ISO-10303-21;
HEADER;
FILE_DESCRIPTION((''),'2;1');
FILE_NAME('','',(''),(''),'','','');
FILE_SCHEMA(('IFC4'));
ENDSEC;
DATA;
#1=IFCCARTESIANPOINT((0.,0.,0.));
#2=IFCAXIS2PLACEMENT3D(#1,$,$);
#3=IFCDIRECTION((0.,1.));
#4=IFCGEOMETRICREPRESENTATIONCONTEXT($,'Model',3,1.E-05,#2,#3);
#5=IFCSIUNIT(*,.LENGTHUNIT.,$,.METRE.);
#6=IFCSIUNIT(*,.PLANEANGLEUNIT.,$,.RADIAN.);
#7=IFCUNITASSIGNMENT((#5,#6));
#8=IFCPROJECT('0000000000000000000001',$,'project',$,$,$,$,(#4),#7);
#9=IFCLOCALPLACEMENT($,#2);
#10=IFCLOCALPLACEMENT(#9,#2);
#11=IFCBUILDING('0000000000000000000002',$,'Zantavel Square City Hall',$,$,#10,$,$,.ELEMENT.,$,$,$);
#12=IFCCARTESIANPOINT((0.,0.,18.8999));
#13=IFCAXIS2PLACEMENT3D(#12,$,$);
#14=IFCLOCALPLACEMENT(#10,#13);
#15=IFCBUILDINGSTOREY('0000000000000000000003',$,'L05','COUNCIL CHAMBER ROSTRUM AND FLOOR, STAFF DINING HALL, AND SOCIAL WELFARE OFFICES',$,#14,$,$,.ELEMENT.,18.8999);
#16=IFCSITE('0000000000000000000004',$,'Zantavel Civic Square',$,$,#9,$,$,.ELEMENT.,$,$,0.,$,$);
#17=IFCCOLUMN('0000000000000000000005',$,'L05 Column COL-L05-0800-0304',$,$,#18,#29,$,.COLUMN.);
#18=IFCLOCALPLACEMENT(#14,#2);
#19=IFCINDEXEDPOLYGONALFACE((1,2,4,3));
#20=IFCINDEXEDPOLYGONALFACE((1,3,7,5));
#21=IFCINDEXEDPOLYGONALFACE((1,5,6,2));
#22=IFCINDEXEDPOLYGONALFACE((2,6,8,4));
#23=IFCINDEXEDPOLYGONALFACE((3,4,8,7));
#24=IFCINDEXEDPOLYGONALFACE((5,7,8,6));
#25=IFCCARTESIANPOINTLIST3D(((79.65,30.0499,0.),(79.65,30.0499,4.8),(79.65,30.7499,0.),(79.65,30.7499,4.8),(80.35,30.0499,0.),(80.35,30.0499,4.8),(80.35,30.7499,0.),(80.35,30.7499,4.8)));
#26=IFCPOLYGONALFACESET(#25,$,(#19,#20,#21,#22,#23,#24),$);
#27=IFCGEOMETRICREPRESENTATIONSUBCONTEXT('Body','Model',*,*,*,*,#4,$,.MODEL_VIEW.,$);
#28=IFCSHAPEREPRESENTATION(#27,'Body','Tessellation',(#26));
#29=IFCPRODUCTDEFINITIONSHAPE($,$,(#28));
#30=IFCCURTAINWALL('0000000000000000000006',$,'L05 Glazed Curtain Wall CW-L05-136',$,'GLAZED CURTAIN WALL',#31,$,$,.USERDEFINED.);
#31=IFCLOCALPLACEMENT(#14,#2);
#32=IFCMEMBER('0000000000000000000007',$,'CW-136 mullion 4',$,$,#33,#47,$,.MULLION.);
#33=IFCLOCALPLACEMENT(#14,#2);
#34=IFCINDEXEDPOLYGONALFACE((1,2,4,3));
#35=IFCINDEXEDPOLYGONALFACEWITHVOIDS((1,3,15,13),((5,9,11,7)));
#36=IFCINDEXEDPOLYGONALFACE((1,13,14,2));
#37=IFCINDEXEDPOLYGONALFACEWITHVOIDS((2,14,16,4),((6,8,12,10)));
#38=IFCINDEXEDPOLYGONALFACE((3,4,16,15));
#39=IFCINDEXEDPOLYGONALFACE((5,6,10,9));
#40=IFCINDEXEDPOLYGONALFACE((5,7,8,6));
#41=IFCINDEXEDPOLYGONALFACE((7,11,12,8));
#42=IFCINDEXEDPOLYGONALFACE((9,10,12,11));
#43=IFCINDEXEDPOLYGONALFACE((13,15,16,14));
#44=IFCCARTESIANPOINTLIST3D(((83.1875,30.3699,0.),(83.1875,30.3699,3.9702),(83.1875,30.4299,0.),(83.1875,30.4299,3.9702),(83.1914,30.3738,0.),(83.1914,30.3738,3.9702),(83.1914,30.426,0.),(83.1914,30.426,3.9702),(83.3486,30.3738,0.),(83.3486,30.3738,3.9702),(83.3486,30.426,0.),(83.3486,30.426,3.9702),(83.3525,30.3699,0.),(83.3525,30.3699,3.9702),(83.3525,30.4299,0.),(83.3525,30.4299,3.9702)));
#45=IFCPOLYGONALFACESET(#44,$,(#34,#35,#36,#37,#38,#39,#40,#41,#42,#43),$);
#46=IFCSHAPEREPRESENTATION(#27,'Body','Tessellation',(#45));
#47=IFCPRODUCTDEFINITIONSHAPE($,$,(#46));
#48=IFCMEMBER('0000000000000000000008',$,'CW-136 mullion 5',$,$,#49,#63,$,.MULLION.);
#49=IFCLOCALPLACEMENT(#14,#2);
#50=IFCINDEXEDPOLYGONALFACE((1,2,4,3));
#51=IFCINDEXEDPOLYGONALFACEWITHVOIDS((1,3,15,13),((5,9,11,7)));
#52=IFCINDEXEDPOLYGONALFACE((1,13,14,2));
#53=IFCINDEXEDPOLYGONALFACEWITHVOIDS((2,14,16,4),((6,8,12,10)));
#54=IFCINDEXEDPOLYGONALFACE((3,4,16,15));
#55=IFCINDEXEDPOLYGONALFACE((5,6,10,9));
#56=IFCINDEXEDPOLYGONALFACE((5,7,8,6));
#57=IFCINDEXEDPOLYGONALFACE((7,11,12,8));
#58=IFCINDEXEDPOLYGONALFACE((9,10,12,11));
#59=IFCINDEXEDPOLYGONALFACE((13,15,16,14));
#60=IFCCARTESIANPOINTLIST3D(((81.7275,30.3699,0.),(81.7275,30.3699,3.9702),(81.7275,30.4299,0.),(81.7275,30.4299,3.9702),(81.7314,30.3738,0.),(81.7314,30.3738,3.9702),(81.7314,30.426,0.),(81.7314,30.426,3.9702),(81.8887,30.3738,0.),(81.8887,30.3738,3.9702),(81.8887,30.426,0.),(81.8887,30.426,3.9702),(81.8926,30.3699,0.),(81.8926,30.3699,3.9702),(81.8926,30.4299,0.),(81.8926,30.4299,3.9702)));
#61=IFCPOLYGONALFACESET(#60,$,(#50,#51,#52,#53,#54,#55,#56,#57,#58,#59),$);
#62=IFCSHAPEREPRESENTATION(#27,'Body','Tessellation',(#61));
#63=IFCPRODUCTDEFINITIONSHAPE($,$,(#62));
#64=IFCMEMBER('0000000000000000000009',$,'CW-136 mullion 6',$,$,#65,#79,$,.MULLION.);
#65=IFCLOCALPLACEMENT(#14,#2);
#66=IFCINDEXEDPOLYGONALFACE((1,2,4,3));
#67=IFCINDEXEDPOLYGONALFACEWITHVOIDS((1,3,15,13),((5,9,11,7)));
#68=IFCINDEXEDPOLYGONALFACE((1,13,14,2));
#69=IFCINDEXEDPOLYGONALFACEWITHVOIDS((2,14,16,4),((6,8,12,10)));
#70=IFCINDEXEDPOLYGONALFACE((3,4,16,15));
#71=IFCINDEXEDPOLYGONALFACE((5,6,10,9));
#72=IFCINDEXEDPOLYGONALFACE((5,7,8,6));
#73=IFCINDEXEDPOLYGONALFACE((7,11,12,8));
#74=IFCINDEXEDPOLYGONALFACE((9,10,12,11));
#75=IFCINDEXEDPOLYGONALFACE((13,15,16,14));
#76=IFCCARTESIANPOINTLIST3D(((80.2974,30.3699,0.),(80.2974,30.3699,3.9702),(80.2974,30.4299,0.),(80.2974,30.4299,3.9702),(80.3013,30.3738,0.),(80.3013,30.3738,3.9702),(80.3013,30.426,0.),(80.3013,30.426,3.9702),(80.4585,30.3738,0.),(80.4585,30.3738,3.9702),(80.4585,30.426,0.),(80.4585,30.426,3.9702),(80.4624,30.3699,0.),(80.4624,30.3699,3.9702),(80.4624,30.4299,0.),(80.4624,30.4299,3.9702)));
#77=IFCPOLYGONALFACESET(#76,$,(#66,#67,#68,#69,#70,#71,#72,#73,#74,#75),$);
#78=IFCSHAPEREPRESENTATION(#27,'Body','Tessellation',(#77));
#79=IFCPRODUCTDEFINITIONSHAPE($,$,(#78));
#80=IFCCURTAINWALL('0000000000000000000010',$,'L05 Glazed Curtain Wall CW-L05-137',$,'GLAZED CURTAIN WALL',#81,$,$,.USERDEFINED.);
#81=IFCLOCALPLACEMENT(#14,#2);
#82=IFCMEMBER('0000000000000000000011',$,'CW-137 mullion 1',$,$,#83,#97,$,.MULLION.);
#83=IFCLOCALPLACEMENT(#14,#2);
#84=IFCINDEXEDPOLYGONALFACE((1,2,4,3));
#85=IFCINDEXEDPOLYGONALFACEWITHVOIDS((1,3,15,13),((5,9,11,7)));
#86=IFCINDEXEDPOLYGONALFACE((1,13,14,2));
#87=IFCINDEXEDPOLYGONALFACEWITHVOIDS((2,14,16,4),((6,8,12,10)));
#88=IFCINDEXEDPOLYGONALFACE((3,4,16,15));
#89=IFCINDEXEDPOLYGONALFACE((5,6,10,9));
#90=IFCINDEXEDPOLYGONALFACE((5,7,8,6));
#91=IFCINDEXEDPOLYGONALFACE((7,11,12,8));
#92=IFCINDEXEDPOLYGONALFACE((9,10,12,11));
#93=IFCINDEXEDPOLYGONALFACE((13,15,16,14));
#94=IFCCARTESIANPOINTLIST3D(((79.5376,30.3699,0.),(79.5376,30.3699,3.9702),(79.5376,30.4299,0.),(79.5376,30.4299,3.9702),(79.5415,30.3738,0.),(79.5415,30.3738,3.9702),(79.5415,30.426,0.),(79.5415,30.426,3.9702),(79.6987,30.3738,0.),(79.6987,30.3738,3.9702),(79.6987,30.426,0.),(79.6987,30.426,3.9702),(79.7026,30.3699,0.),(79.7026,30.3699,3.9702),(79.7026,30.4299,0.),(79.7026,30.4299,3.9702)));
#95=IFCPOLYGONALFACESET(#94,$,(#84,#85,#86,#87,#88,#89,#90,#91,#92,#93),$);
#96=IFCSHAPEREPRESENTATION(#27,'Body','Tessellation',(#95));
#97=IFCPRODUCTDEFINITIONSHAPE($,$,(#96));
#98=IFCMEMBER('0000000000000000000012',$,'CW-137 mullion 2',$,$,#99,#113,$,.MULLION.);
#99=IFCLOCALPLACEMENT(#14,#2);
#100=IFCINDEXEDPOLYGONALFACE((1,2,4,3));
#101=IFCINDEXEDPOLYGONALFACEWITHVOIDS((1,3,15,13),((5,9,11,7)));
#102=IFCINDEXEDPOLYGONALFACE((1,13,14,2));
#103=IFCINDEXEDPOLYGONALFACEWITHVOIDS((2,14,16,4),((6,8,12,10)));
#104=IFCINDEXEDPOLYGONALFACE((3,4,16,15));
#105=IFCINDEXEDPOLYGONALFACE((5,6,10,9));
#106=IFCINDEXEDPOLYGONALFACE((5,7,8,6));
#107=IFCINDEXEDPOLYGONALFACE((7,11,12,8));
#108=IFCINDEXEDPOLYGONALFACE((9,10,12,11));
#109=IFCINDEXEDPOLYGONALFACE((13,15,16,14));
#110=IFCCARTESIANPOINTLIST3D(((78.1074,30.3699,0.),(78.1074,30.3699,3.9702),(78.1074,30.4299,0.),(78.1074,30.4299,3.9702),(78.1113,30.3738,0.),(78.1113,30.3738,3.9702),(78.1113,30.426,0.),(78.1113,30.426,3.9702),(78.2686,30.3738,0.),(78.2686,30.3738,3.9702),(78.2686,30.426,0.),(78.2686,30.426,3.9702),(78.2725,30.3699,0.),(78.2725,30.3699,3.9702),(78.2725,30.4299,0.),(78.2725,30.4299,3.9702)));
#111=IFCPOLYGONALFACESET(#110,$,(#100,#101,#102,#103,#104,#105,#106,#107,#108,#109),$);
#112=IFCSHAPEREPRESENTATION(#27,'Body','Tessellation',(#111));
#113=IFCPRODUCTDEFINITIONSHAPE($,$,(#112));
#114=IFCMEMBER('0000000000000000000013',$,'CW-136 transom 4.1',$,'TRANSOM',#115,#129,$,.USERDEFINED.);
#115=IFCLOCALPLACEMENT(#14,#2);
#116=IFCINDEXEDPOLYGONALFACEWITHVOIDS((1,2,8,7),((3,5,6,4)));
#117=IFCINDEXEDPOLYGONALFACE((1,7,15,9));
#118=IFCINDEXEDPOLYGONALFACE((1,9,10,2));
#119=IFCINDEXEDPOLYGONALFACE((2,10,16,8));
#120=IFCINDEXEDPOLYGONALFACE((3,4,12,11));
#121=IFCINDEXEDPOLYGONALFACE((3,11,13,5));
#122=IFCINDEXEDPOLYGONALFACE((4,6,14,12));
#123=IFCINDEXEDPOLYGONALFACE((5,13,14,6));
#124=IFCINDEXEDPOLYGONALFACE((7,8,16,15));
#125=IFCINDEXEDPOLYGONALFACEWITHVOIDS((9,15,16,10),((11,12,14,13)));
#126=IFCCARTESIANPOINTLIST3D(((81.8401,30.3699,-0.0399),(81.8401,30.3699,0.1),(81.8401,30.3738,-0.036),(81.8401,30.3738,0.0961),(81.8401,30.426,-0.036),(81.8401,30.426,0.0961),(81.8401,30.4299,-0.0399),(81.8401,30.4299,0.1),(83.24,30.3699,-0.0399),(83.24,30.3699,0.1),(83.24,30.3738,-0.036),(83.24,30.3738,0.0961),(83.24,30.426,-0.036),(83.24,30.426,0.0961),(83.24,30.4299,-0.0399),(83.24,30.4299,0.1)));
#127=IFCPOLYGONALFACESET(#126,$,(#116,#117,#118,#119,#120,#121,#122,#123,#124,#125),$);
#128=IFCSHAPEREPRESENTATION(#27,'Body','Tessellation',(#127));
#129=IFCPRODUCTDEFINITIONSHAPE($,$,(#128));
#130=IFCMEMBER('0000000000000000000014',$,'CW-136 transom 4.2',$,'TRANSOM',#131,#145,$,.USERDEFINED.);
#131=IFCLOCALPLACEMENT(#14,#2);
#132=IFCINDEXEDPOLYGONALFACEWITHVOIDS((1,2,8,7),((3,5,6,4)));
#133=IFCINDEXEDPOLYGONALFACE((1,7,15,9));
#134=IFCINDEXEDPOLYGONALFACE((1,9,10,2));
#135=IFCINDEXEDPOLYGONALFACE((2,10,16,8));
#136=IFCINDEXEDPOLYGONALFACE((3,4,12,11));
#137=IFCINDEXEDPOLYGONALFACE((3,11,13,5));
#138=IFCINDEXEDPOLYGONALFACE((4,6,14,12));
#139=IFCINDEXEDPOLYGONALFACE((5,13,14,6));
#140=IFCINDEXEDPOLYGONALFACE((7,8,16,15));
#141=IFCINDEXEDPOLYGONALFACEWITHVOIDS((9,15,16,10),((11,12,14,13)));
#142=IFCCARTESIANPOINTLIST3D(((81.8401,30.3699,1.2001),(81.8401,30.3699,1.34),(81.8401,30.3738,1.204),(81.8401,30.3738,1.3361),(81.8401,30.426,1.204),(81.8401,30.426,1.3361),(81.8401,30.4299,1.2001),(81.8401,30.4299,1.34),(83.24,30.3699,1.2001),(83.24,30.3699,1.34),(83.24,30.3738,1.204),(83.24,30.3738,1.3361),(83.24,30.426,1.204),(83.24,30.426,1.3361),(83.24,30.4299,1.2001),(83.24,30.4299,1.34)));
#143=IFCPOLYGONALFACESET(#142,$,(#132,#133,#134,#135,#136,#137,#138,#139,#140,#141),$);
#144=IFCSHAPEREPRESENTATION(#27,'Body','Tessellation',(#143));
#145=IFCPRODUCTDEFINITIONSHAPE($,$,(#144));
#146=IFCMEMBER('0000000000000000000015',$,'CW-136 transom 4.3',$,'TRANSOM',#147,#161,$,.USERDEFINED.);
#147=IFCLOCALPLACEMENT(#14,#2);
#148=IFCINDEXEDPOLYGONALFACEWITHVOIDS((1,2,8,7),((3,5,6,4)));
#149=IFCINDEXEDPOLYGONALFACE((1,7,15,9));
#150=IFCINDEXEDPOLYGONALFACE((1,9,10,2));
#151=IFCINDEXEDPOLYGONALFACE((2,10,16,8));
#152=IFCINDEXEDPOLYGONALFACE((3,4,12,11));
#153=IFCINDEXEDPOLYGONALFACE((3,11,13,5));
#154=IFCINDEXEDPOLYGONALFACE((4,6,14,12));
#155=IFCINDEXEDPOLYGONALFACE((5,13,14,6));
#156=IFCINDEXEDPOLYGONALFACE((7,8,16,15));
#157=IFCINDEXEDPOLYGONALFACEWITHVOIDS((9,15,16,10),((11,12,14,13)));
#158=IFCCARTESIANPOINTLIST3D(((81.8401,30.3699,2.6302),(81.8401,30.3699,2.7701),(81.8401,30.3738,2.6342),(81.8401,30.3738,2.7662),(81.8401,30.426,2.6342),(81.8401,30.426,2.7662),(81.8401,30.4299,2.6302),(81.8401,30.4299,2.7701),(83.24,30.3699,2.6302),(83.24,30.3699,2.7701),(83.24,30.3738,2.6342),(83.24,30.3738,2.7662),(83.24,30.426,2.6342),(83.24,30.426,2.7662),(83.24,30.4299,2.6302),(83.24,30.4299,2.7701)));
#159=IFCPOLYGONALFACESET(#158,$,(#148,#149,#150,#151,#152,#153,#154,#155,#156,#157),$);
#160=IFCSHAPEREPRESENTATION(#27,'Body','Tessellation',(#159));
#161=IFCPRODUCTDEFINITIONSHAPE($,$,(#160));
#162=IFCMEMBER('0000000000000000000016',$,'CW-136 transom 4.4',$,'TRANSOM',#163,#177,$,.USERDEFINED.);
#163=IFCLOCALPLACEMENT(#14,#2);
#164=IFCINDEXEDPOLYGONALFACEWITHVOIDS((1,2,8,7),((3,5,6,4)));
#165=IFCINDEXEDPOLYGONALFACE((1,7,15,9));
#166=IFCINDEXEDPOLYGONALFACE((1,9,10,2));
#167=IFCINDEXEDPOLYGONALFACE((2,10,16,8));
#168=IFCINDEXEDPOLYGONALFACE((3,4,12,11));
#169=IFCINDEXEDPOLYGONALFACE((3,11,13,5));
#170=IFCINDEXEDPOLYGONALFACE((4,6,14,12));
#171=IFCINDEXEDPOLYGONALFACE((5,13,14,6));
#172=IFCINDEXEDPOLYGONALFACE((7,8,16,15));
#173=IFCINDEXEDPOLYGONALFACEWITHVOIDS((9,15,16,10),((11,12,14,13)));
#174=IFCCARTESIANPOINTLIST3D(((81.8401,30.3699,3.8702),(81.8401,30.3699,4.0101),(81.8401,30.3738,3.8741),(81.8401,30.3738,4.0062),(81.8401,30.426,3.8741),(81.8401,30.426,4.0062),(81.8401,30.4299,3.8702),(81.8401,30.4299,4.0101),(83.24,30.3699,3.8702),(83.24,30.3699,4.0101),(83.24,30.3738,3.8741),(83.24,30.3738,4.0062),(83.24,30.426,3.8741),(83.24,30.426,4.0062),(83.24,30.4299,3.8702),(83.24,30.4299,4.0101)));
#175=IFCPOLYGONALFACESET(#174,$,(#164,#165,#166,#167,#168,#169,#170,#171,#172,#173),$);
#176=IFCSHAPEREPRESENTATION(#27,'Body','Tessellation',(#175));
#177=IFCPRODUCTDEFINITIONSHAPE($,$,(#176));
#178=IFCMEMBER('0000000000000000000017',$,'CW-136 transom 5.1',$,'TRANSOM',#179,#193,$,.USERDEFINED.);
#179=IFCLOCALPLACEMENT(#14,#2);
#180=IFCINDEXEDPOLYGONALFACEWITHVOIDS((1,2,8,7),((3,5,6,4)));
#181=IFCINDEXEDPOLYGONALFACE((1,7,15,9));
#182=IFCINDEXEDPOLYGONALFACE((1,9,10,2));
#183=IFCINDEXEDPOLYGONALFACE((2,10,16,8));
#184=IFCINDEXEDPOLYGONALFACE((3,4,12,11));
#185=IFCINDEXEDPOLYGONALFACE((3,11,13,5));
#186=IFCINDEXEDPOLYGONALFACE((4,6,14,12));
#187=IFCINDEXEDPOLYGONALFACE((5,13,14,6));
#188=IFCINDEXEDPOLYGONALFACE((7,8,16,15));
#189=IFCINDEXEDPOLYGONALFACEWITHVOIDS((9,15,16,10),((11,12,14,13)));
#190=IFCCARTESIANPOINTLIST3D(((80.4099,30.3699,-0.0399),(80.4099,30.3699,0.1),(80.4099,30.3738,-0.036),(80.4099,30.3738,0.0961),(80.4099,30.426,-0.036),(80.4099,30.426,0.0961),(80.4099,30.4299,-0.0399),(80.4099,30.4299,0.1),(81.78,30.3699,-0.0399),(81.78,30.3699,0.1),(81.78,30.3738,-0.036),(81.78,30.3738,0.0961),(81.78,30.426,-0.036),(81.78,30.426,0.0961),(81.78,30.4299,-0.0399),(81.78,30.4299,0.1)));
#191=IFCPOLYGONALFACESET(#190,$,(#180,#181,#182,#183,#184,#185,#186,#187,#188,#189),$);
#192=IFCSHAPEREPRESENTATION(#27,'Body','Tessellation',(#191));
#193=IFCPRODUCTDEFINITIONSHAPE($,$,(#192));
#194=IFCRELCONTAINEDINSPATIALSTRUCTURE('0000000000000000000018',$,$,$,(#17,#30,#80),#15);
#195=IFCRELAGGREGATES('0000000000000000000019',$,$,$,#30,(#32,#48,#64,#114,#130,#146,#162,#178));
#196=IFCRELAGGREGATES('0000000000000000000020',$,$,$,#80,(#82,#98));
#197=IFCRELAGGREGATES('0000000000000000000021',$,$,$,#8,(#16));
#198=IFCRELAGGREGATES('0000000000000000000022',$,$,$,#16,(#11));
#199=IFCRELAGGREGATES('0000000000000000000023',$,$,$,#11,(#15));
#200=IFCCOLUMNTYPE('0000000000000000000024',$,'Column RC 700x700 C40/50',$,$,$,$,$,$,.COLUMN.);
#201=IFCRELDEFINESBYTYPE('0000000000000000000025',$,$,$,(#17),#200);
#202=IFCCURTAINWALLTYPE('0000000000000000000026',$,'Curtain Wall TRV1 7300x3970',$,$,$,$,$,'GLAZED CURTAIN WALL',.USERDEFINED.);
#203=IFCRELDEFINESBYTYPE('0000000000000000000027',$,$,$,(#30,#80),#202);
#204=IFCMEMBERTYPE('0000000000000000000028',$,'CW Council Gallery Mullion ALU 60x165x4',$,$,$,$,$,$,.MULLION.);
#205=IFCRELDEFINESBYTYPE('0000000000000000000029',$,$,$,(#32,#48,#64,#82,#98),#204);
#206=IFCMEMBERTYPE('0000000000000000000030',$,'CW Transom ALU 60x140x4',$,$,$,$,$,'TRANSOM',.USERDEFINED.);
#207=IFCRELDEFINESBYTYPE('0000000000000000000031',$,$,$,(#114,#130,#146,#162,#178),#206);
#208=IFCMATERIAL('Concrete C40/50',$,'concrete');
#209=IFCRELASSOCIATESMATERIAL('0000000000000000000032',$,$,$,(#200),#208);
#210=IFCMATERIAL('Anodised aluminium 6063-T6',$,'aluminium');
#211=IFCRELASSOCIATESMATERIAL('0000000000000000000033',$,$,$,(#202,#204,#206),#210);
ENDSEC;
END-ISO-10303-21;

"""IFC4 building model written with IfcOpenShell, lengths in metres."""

from ifc_helpers import new_model, si_unit, direction, frame, origin, origin_2d, place, context, subcontext, project, spatial, rectangle, hollow_rectangle, extrude, material, material_profile, profile_set, type_object, element, aggregate, save


model = new_model("IFC4")

# Units and contexts
model_context = context("Model", 3, precision=1e-05, world=origin(), true_north=direction((0.0, 1.0)))
body_context = subcontext(model_context, "Body", "Model", "MODEL_VIEW")
ifc_project = project(units=[si_unit("LENGTHUNIT", "METRE"), si_unit("PLANEANGLEUNIT", "RADIAN")], contexts=[model_context])

# Site, building, storey
site_placement = place(None, origin())
site = spatial("IfcSite", under=ifc_project, at=site_placement, Name="Zantavel Civic Square", CompositionType="ELEMENT", RefElevation=0.0)
building_placement = place(site_placement, origin())
building = spatial("IfcBuilding", under=site, at=building_placement, Name="Zantavel Square City Hall", CompositionType="ELEMENT")
storey_placement = place(building_placement, frame((0.0, 0.0, 18.8999)))
storey = spatial("IfcBuildingStorey", under=building, at=storey_placement, Name="L05", Description="COUNCIL CHAMBER ROSTRUM AND FLOOR, STAFF DINING HALL, AND SOCIAL WELFARE OFFICES", CompositionType="ELEMENT", Elevation=18.8999)

# Column
ifc_material_1 = material(Name="Concrete C40/50", Category="concrete")
ifc_material_profile_1 = material_profile(ifc_material_1, rectangle(XDim=0.7, YDim=0.7, at=origin_2d()), Name="RC 700x700")
ifc_profile_set_1 = profile_set([ifc_material_profile_1], Name="Concrete C40/50")
column_type = type_object("IfcColumnType", Name="Column RC 700x700 C40/50", PredefinedType="COLUMN", material=ifc_profile_set_1)
column_placement = place(storey_placement, frame((80.0, 30.3999, 0.0), z_axis=(0.0, 0.0, 1.0), x_axis=(1.0, 0.0, 0.0)))
element("IfcColumn", 1, at=column_placement, inside=storey, type_object=column_type, Name="L05 Column COL-L05-0800-0304", PredefinedType="COLUMN", context=body_context, shape_type="SweptSolid", body=[
    extrude(rectangle(XDim=0.7, YDim=0.7, at=origin_2d()), origin(), (0.0, 0.0, 1.0), 4.8),
])

# Curtain walls, members
ifc_material_2 = material(Name="Anodised aluminium 6063-T6", Category="aluminium")
curtain_wall_type = type_object("IfcCurtainWallType", Name="Curtain Wall TRV1 7300x3970", ElementType="GLAZED CURTAIN WALL", PredefinedType="USERDEFINED", material=ifc_material_2)
curtain_wall_1_placement = place(storey_placement, origin())
curtain_wall_1 = element("IfcCurtainWall", 2, at=curtain_wall_1_placement, inside=storey, type_object=curtain_wall_type, Name="L05 Glazed Curtain Wall CW-L05-136", ObjectType="GLAZED CURTAIN WALL", PredefinedType="USERDEFINED")
ifc_material_profile_2 = material_profile(ifc_material_2, hollow_rectangle(XDim=0.0601, YDim=0.165, WallThickness=0.0039, at=origin_2d()), Name="ALU 60x165x4")
ifc_profile_set_2 = profile_set([ifc_material_profile_2], Name="Anodised aluminium 6063-T6")
member_type_1 = type_object("IfcMemberType", Name="CW Council Gallery Mullion ALU 60x165x4", PredefinedType="MULLION", material=ifc_profile_set_2)
member_1_placement = place(storey_placement, frame((83.27, 30.3999, 0.0), z_axis=(0.0, 0.0, 1.0), x_axis=(0.0, -1.0, 0.0)))
member_1 = element("IfcMember", 3, at=member_1_placement, type_object=member_type_1, Name="CW-136 mullion 4", PredefinedType="MULLION", context=body_context, shape_type="SweptSolid", body=[
    extrude(hollow_rectangle(XDim=0.0601, YDim=0.165, WallThickness=0.0039, at=origin_2d()), origin(), (0.0, 0.0, 1.0), 3.9702),
])
member_2_placement = place(storey_placement, frame((81.8101, 30.3999, 0.0), z_axis=(0.0, 0.0, 1.0), x_axis=(0.0, -1.0, 0.0)))
member_2 = element("IfcMember", 4, at=member_2_placement, type_object=member_type_1, Name="CW-136 mullion 5", PredefinedType="MULLION", context=body_context, shape_type="SweptSolid", body=[
    extrude(hollow_rectangle(XDim=0.0601, YDim=0.165, WallThickness=0.0039, at=origin_2d()), origin(), (0.0, 0.0, 1.0), 3.9702),
])
member_3_placement = place(storey_placement, frame((80.3799, 30.3999, 0.0), z_axis=(0.0, 0.0, 1.0), x_axis=(0.0, -1.0, 0.0)))
member_3 = element("IfcMember", 5, at=member_3_placement, type_object=member_type_1, Name="CW-136 mullion 6", PredefinedType="MULLION", context=body_context, shape_type="SweptSolid", body=[
    extrude(hollow_rectangle(XDim=0.0601, YDim=0.165, WallThickness=0.0039, at=origin_2d()), origin(), (0.0, 0.0, 1.0), 3.9702),
])
curtain_wall_2_placement = place(storey_placement, origin())
curtain_wall_2 = element("IfcCurtainWall", 6, at=curtain_wall_2_placement, inside=storey, type_object=curtain_wall_type, Name="L05 Glazed Curtain Wall CW-L05-137", ObjectType="GLAZED CURTAIN WALL", PredefinedType="USERDEFINED")
member_4_placement = place(storey_placement, frame((79.6201, 30.3999, 0.0), z_axis=(0.0, 0.0, 1.0), x_axis=(0.0, -1.0, 0.0)))
member_4 = element("IfcMember", 7, at=member_4_placement, type_object=member_type_1, Name="CW-137 mullion 1", PredefinedType="MULLION", context=body_context, shape_type="SweptSolid", body=[
    extrude(hollow_rectangle(XDim=0.0601, YDim=0.165, WallThickness=0.0039, at=origin_2d()), origin(), (0.0, 0.0, 1.0), 3.9702),
])
member_5_placement = place(storey_placement, frame((78.1899, 30.3999, 0.0), z_axis=(0.0, 0.0, 1.0), x_axis=(0.0, -1.0, 0.0)))
member_5 = element("IfcMember", 8, at=member_5_placement, type_object=member_type_1, Name="CW-137 mullion 2", PredefinedType="MULLION", context=body_context, shape_type="SweptSolid", body=[
    extrude(hollow_rectangle(XDim=0.0601, YDim=0.165, WallThickness=0.0039, at=origin_2d()), origin(), (0.0, 0.0, 1.0), 3.9702),
])

# Members
ifc_material_profile_3 = material_profile(ifc_material_2, hollow_rectangle(XDim=0.0601, YDim=0.1399, WallThickness=0.0039, at=origin_2d()), Name="ALU 60x140x4")
ifc_profile_set_3 = profile_set([ifc_material_profile_3], Name="Anodised aluminium 6063-T6")
member_type_2 = type_object("IfcMemberType", Name="CW Transom ALU 60x140x4", ElementType="TRANSOM", PredefinedType="USERDEFINED", material=ifc_profile_set_3)
member_6_placement = place(storey_placement, frame((83.24, 30.3999, 0.03), z_axis=(-1.0, 0.0, 0.0), x_axis=(0.0, -1.0, 0.0)))
member_6 = element("IfcMember", 9, at=member_6_placement, type_object=member_type_2, Name="CW-136 transom 4.1", ObjectType="TRANSOM", PredefinedType="USERDEFINED", context=body_context, shape_type="SweptSolid", body=[
    extrude(hollow_rectangle(XDim=0.0601, YDim=0.1399, WallThickness=0.0039, at=origin_2d()), origin(), (0.0, 0.0, 1.0), 1.3999),
])
member_7_placement = place(storey_placement, frame((83.24, 30.3999, 1.27), z_axis=(-1.0, 0.0, 0.0), x_axis=(0.0, -1.0, 0.0)))
member_7 = element("IfcMember", 10, at=member_7_placement, type_object=member_type_2, Name="CW-136 transom 4.2", ObjectType="TRANSOM", PredefinedType="USERDEFINED", context=body_context, shape_type="SweptSolid", body=[
    extrude(hollow_rectangle(XDim=0.0601, YDim=0.1399, WallThickness=0.0039, at=origin_2d()), origin(), (0.0, 0.0, 1.0), 1.3999),
])
member_8_placement = place(storey_placement, frame((83.24, 30.3999, 2.7002), z_axis=(-1.0, 0.0, 0.0), x_axis=(0.0, -1.0, 0.0)))
member_8 = element("IfcMember", 11, at=member_8_placement, type_object=member_type_2, Name="CW-136 transom 4.3", ObjectType="TRANSOM", PredefinedType="USERDEFINED", context=body_context, shape_type="SweptSolid", body=[
    extrude(hollow_rectangle(XDim=0.0601, YDim=0.1399, WallThickness=0.0039, at=origin_2d()), origin(), (0.0, 0.0, 1.0), 1.3999),
])
member_9_placement = place(storey_placement, frame((83.24, 30.3999, 3.9402), z_axis=(-1.0, 0.0, 0.0), x_axis=(0.0, -1.0, 0.0)))
member_9 = element("IfcMember", 12, at=member_9_placement, type_object=member_type_2, Name="CW-136 transom 4.4", ObjectType="TRANSOM", PredefinedType="USERDEFINED", context=body_context, shape_type="SweptSolid", body=[
    extrude(hollow_rectangle(XDim=0.0601, YDim=0.1399, WallThickness=0.0039, at=origin_2d()), origin(), (0.0, 0.0, 1.0), 1.3999),
])
member_10_placement = place(storey_placement, frame((81.78, 30.3999, 0.03), z_axis=(-1.0, 0.0, 0.0), x_axis=(0.0, -1.0, 0.0)))
member_10 = element("IfcMember", 13, at=member_10_placement, type_object=member_type_2, Name="CW-136 transom 5.1", ObjectType="TRANSOM", PredefinedType="USERDEFINED", context=body_context, shape_type="SweptSolid", body=[
    extrude(hollow_rectangle(XDim=0.0601, YDim=0.1399, WallThickness=0.0039, at=origin_2d()), origin(), (0.0, 0.0, 1.0), 1.3701),
])

aggregate(curtain_wall_1, [member_1, member_2, member_3, member_6, member_7, member_8, member_9, member_10])
aggregate(curtain_wall_2, [member_4, member_5])

save(model, "model.ifc")
